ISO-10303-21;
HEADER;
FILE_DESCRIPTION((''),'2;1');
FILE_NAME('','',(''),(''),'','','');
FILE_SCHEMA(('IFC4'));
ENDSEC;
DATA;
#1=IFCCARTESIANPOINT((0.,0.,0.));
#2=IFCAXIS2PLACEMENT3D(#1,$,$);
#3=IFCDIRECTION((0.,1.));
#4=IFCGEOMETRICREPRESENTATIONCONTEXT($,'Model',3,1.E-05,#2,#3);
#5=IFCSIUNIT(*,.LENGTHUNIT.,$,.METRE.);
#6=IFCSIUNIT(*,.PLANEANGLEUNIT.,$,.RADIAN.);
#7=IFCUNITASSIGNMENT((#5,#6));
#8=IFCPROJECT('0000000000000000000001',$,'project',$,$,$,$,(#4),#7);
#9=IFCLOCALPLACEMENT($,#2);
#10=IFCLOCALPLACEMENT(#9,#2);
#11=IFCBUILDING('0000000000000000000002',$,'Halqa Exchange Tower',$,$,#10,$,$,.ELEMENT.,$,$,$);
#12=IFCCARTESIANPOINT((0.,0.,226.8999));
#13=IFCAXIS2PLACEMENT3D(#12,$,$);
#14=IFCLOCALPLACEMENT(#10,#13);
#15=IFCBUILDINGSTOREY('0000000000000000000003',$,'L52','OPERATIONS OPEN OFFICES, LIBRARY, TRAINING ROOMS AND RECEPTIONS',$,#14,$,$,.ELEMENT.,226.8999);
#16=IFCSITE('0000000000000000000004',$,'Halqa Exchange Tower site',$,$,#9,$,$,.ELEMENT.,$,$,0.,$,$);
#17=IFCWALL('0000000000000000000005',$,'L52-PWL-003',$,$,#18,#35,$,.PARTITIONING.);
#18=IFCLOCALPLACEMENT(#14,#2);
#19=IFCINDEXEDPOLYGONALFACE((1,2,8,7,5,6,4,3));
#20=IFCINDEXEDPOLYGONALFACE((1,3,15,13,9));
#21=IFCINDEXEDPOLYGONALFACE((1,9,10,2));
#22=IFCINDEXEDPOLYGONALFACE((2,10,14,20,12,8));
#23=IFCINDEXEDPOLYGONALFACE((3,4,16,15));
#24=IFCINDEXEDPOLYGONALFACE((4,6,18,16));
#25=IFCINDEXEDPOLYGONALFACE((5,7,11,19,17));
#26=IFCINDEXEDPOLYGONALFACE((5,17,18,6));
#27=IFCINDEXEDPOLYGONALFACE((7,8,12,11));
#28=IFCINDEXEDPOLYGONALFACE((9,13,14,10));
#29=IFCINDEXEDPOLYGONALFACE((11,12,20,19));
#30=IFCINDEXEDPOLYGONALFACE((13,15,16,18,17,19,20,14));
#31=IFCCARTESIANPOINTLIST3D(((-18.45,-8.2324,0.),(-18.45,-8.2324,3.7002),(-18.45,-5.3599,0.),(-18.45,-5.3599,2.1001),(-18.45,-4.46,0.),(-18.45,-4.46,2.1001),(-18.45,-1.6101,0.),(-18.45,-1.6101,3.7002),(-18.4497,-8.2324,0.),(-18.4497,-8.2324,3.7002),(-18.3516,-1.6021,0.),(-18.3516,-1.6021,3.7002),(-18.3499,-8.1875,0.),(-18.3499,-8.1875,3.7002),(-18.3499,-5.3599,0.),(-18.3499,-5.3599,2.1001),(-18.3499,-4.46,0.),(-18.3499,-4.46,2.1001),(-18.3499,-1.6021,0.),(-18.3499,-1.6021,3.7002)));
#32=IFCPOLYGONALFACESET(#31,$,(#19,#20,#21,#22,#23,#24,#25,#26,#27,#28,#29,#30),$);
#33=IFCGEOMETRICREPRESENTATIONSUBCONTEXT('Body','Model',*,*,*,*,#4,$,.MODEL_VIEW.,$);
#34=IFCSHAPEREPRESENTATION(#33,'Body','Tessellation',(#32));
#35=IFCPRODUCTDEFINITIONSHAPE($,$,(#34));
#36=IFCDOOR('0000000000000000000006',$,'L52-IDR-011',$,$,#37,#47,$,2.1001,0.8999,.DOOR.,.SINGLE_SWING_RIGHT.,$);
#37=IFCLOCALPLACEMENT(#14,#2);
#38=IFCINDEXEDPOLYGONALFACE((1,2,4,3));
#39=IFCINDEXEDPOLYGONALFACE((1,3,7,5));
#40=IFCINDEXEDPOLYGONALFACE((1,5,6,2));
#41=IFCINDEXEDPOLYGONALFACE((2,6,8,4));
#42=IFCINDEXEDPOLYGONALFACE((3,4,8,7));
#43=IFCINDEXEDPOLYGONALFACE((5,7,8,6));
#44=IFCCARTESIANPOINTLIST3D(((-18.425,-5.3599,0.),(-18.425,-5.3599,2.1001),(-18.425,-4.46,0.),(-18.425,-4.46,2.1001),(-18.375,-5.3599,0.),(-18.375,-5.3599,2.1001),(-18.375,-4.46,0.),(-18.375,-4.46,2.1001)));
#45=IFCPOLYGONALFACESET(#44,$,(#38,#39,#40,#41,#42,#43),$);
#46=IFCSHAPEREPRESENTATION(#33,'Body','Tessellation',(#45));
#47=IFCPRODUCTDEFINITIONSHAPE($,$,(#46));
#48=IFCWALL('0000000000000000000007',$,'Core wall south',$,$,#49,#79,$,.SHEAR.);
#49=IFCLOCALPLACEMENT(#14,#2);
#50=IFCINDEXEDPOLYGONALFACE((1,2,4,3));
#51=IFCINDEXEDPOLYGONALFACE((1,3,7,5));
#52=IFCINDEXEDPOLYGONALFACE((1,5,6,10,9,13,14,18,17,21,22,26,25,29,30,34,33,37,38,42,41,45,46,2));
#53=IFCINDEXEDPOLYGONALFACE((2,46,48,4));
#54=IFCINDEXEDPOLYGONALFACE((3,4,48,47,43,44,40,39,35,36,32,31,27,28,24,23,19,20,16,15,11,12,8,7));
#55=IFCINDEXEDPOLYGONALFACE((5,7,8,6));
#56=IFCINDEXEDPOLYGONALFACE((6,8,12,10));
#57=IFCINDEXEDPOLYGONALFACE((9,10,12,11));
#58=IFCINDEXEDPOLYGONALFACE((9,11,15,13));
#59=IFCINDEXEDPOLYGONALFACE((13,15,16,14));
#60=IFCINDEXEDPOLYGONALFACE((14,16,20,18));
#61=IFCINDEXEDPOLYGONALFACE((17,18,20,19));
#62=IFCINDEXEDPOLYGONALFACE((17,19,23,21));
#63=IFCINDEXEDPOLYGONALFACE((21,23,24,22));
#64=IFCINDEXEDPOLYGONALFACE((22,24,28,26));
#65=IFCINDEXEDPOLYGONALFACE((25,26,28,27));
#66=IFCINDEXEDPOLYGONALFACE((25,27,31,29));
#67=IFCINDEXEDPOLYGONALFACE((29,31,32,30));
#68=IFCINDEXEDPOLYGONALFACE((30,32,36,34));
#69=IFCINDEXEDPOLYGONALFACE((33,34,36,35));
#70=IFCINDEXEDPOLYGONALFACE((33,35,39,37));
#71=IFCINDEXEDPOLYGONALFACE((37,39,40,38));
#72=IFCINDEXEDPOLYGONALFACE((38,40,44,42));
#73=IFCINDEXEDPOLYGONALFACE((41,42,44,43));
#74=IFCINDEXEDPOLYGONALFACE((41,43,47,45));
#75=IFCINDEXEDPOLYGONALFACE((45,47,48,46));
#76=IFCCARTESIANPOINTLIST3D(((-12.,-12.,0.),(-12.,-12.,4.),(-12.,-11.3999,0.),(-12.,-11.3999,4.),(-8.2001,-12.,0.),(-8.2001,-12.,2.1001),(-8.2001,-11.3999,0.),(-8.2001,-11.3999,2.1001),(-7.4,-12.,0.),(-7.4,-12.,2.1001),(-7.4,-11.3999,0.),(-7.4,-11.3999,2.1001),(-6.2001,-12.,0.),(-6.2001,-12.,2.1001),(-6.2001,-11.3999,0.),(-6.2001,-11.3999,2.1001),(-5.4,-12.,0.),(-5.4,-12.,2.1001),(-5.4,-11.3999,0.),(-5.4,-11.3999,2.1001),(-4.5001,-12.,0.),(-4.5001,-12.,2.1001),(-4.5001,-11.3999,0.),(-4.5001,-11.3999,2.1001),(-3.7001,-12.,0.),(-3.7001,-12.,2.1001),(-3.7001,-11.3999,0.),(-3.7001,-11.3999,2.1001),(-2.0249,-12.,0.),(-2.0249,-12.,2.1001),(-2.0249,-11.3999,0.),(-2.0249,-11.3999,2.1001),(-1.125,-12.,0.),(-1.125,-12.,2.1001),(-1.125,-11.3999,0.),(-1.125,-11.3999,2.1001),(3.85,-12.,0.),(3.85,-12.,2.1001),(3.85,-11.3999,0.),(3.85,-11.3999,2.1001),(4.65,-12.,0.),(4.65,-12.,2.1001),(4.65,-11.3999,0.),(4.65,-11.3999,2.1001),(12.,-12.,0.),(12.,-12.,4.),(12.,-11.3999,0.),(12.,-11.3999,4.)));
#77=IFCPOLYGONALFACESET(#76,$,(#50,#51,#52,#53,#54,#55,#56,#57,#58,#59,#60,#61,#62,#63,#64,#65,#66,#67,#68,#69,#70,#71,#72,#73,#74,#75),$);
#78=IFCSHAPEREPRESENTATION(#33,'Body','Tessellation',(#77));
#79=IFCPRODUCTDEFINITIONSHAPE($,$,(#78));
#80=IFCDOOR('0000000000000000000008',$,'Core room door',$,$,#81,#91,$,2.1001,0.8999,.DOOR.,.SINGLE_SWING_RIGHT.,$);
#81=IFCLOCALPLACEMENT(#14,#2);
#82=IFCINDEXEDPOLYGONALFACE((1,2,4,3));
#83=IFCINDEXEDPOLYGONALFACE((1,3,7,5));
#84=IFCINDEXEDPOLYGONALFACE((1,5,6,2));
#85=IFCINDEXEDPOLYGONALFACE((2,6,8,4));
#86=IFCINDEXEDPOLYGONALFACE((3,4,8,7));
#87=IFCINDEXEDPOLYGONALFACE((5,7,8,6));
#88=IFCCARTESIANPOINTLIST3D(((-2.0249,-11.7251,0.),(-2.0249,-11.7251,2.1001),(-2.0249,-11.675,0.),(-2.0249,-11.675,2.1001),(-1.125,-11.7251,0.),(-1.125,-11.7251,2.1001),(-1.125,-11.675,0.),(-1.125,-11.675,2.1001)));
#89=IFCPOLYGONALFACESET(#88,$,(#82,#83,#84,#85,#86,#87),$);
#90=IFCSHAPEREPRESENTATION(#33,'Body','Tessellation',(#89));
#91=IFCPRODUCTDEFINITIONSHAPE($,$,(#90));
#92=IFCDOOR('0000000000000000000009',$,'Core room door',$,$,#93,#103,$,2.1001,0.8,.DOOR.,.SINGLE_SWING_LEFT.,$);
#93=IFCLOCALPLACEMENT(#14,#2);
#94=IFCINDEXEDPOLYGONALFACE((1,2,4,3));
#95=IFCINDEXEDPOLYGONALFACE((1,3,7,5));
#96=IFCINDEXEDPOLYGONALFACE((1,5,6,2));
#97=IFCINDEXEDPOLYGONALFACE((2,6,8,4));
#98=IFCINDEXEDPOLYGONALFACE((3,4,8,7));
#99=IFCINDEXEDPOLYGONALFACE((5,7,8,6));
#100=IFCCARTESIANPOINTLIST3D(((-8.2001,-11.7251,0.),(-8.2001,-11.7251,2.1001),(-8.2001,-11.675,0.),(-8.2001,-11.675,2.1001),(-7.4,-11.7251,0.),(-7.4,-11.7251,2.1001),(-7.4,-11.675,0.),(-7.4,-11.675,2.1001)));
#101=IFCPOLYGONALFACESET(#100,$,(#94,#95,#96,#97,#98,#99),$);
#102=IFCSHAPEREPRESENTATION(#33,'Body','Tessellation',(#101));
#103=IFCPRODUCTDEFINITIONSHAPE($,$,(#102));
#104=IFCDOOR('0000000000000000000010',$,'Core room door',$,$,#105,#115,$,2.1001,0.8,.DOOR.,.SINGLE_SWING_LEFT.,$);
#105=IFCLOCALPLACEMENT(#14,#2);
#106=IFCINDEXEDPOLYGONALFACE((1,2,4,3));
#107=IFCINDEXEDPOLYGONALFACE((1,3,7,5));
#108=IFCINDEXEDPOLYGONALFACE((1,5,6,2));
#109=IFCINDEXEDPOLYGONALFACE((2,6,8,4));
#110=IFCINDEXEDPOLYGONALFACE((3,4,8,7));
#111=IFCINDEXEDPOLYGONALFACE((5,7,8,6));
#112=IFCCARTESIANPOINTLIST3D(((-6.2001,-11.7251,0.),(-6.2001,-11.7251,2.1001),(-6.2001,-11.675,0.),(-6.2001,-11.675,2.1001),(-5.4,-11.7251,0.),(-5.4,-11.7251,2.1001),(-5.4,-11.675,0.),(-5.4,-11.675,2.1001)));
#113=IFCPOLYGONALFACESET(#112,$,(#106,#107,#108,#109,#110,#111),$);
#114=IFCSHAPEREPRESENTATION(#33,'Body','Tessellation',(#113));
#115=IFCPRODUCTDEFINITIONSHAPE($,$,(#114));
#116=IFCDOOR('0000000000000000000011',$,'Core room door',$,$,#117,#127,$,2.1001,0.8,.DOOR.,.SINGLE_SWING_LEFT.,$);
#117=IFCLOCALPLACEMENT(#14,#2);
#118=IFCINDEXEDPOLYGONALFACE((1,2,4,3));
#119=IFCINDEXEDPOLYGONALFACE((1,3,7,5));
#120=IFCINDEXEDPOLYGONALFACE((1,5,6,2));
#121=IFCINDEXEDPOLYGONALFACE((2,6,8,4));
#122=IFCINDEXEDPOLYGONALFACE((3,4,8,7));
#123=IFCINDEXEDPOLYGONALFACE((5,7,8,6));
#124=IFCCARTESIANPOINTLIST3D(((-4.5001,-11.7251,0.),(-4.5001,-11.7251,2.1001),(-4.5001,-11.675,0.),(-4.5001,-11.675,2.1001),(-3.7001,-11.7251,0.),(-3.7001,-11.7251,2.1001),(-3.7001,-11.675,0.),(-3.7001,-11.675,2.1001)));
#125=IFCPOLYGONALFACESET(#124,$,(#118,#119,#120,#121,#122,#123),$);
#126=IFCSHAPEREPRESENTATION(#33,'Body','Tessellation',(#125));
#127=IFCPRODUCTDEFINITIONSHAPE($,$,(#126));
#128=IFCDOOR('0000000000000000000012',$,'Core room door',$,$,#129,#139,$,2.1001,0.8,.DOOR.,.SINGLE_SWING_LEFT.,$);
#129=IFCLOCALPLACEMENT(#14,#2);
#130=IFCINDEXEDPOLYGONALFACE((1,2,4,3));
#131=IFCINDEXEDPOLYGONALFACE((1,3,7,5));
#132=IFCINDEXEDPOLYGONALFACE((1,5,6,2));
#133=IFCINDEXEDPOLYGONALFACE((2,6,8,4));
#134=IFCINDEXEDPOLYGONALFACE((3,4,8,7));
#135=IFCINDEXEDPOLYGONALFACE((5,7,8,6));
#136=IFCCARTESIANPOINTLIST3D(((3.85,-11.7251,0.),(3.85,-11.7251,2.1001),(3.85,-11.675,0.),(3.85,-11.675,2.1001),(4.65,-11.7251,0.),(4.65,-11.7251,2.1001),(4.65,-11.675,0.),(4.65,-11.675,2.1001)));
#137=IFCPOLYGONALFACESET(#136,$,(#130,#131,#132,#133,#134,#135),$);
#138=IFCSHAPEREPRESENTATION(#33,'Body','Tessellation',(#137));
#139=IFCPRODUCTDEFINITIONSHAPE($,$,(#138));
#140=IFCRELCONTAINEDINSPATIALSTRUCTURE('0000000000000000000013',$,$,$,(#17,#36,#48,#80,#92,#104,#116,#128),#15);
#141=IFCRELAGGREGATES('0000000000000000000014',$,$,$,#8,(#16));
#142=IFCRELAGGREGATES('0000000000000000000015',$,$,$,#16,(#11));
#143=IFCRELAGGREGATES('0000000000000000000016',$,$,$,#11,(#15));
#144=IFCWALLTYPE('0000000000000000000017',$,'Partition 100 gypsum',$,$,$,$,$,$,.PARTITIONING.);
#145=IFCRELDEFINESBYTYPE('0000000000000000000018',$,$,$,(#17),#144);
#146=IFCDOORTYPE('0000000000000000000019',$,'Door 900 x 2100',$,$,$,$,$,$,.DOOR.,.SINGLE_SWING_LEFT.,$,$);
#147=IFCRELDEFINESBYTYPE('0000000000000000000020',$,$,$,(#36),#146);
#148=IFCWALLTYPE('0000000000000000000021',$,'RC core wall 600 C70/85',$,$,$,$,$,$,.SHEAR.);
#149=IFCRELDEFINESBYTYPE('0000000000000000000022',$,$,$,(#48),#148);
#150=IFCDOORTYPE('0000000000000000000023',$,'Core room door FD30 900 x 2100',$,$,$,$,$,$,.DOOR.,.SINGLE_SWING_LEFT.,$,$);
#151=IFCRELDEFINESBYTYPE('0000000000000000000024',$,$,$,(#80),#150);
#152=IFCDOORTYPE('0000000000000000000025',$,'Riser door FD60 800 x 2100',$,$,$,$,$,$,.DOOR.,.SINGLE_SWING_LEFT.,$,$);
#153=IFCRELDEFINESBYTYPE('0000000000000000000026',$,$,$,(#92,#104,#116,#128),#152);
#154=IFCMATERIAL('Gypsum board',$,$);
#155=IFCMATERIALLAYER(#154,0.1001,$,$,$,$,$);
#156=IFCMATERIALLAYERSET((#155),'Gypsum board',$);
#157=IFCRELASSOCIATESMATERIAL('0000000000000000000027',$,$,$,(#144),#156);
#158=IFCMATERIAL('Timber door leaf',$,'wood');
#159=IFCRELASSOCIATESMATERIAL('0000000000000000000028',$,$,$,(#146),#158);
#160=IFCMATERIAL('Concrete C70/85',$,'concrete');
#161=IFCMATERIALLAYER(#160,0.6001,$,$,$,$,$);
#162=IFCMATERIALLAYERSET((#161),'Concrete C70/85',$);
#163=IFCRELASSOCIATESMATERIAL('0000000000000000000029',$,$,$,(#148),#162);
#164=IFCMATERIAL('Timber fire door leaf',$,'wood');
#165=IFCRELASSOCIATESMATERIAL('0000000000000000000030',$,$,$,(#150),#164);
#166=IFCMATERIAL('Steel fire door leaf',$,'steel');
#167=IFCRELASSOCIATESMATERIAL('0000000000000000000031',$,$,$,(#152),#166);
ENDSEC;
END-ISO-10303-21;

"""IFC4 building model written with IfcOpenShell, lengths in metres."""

from ifc_helpers import new_model, si_unit, direction, frame, frame_2d, origin, place, context, subcontext, project, spatial, polyline, rectangle, outline, extrude, material, layer, layer_set, type_object, element, fill, save


model = new_model("IFC4")

# Units and contexts
model_context = context("Model", 3, precision=1e-05, world=origin(), true_north=direction((0.0, 1.0)))
body_context = subcontext(model_context, "Body", "Model", "MODEL_VIEW")
ifc_project = project(units=[si_unit("LENGTHUNIT", "METRE"), si_unit("PLANEANGLEUNIT", "RADIAN")], contexts=[model_context])

# Site, building, storey
site_placement = place(None, origin())
site = spatial("IfcSite", under=ifc_project, at=site_placement, Name="Halqa Exchange Tower site", CompositionType="ELEMENT", RefElevation=0.0)
building_placement = place(site_placement, origin())
building = spatial("IfcBuilding", under=site, at=building_placement, Name="Halqa Exchange Tower", CompositionType="ELEMENT")
storey_placement = place(building_placement, frame((0.0, 0.0, 226.8999)))
storey = spatial("IfcBuildingStorey", under=building, at=storey_placement, Name="L52", Description="OPERATIONS OPEN OFFICES, LIBRARY, TRAINING ROOMS AND RECEPTIONS", CompositionType="ELEMENT", Elevation=226.8999)

# Shared definitions
ifc_material_1 = material(Name="Steel fire door leaf", Category="steel")

# Wall, opening, door
ifc_material_2 = material(Name="Gypsum board")
ifc_layer_1 = layer(ifc_material_2, 0.1001)
ifc_layer_set_1 = layer_set([ifc_layer_1], Name="Gypsum board")
wall_type_1 = type_object("IfcWallType", Name="Partition 100 gypsum", PredefinedType="PARTITIONING", material=ifc_layer_set_1)
wall_1_placement = place(storey_placement, frame((-18.3999, -8.2324, 0.0), z_axis=(0.0, 0.0, 1.0), x_axis=(0.0, 1.0, 0.0)))
wall_1 = element("IfcWall", 1, at=wall_1_placement, inside=storey, type_object=wall_type_1, Name="L52-PWL-003", PredefinedType="PARTITIONING", context=body_context, shape_type="SweptSolid", body=[
    extrude(outline(polyline([(6.6304, -0.05), (6.6304, -0.0483), (6.6223, 0.05), (4.9668, 0.05), (3.311, 0.05), (1.6555, 0.05), (0.0, 0.05), (0.0, 0.0498), (0.0449, -0.05), (1.6914, -0.05), (3.3376, -0.05), (4.9841, -0.05), (6.6304, -0.05)])), origin(), (0.0, 0.0, 1.0), 3.7002),
])
opening_1_placement = place(wall_1_placement, frame((2.8726, 0.0, 0.0)))
opening_1 = element("IfcOpeningElement", 2, at=opening_1_placement, cuts=wall_1, PredefinedType="OPENING", context=body_context, shape_type="SweptSolid", body=[
    extrude(rectangle(XDim=0.8999, YDim=2.1001, at=frame_2d((0.45, 1.05))), frame((0.0, 0.062, 0.0), z_axis=(0.0, -1.0, 0.0), x_axis=(1.0, 0.0, 0.0)), (0.0, 0.0, 1.0), 0.124),
])
ifc_material_3 = material(Name="Timber door leaf", Category="wood")
door_type_1 = type_object("IfcDoorType", Name="Door 900 x 2100", OperationType="SINGLE_SWING_LEFT", PredefinedType="DOOR", material=ifc_material_3)
door_1_placement = place(opening_1_placement, frame((0.8999, 0.0, 0.0), z_axis=(0.0, 0.0, 1.0), x_axis=(-1.0, 0.0, 0.0)))
door_1 = element("IfcDoor", 3, at=door_1_placement, inside=storey, type_object=door_type_1, Name="L52-IDR-011", OperationType="SINGLE_SWING_RIGHT", OverallHeight=2.1001, OverallWidth=0.8999, PredefinedType="DOOR", context=body_context, shape_type="SweptSolid", body=[
    extrude(rectangle(XDim=0.8999, YDim=2.1001, at=frame_2d((0.45, 1.05))), frame((0.0, 0.0249, 0.0), z_axis=(0.0, -1.0, 0.0), x_axis=(1.0, 0.0, 0.0)), (0.0, 0.0, 1.0), 0.05),
])
fill(opening_1, door_1)

# Wall, openings, doors
ifc_material_4 = material(Name="Concrete C70/85", Category="concrete")
ifc_layer_2 = layer(ifc_material_4, 0.6001)
ifc_layer_set_2 = layer_set([ifc_layer_2], Name="Concrete C70/85")
wall_type_2 = type_object("IfcWallType", Name="RC core wall 600 C70/85", PredefinedType="SHEAR", material=ifc_layer_set_2)
wall_2_placement = place(storey_placement, frame((-12.0, -11.7, 0.0), z_axis=(0.0, 0.0, 1.0), x_axis=(1.0, 0.0, 0.0)))
wall_2 = element("IfcWall", 4, at=wall_2_placement, inside=storey, type_object=wall_type_2, Name="Core wall south", PredefinedType="SHEAR", context=body_context, shape_type="SweptSolid", body=[
    extrude(rectangle(XDim=24.0, YDim=0.6001, at=frame_2d((12.0, 0.0))), origin(), (0.0, 0.0, 1.0), 4.0),
])
opening_2_placement = place(wall_2_placement, frame((9.9751, 0.0, 0.0)))
opening_2 = element("IfcOpeningElement", 5, at=opening_2_placement, cuts=wall_2, PredefinedType="OPENING", context=body_context, shape_type="SweptSolid", body=[
    extrude(rectangle(XDim=0.8999, YDim=2.1001, at=frame_2d((0.45, 1.05))), frame((0.0, 0.312, 0.0), z_axis=(0.0, -1.0, 0.0), x_axis=(1.0, 0.0, 0.0)), (0.0, 0.0, 1.0), 0.624),
])
opening_3_placement = place(wall_2_placement, frame((3.8, 0.0, 0.0)))
opening_3 = element("IfcOpeningElement", 6, at=opening_3_placement, cuts=wall_2, PredefinedType="OPENING", context=body_context, shape_type="SweptSolid", body=[
    extrude(rectangle(XDim=0.8, YDim=2.1001, at=frame_2d((0.3999, 1.05))), frame((0.0, 0.312, 0.0), z_axis=(0.0, -1.0, 0.0), x_axis=(1.0, 0.0, 0.0)), (0.0, 0.0, 1.0), 0.624),
])
opening_4_placement = place(wall_2_placement, frame((5.8, 0.0, 0.0)))
opening_4 = element("IfcOpeningElement", 7, at=opening_4_placement, cuts=wall_2, PredefinedType="OPENING", context=body_context, shape_type="SweptSolid", body=[
    extrude(rectangle(XDim=0.8, YDim=2.1001, at=frame_2d((0.3999, 1.05))), frame((0.0, 0.312, 0.0), z_axis=(0.0, -1.0, 0.0), x_axis=(1.0, 0.0, 0.0)), (0.0, 0.0, 1.0), 0.624),
])
opening_5_placement = place(wall_2_placement, frame((7.5, 0.0, 0.0)))
opening_5 = element("IfcOpeningElement", 8, at=opening_5_placement, cuts=wall_2, PredefinedType="OPENING", context=body_context, shape_type="SweptSolid", body=[
    extrude(rectangle(XDim=0.8, YDim=2.1001, at=frame_2d((0.3999, 1.05))), frame((0.0, 0.312, 0.0), z_axis=(0.0, -1.0, 0.0), x_axis=(1.0, 0.0, 0.0)), (0.0, 0.0, 1.0), 0.624),
])
opening_6_placement = place(wall_2_placement, frame((15.8501, 0.0, 0.0)))
opening_6 = element("IfcOpeningElement", 9, at=opening_6_placement, cuts=wall_2, PredefinedType="OPENING", context=body_context, shape_type="SweptSolid", body=[
    extrude(rectangle(XDim=0.8, YDim=2.1001, at=frame_2d((0.3999, 1.05))), frame((0.0, 0.312, 0.0), z_axis=(0.0, -1.0, 0.0), x_axis=(1.0, 0.0, 0.0)), (0.0, 0.0, 1.0), 0.624),
])
ifc_material_5 = material(Name="Timber fire door leaf", Category="wood")
door_type_2 = type_object("IfcDoorType", Name="Core room door FD30 900 x 2100", OperationType="SINGLE_SWING_LEFT", PredefinedType="DOOR", material=ifc_material_5)
door_2_placement = place(opening_2_placement, origin())
door_2 = element("IfcDoor", 10, at=door_2_placement, inside=storey, type_object=door_type_2, Name="Core room door", OperationType="SINGLE_SWING_RIGHT", OverallHeight=2.1001, OverallWidth=0.8999, PredefinedType="DOOR", context=body_context, shape_type="SweptSolid", body=[
    extrude(rectangle(XDim=0.8999, YDim=2.1001, at=frame_2d((0.45, 1.05))), frame((0.0, 0.0249, 0.0), z_axis=(0.0, -1.0, 0.0), x_axis=(1.0, 0.0, 0.0)), (0.0, 0.0, 1.0), 0.05),
])
fill(opening_2, door_2)
door_type_3 = type_object("IfcDoorType", Name="Riser door FD60 800 x 2100", OperationType="SINGLE_SWING_LEFT", PredefinedType="DOOR", material=ifc_material_1)
door_3_placement = place(opening_3_placement, origin())
door_3 = element("IfcDoor", 11, at=door_3_placement, inside=storey, type_object=door_type_3, Name="Core room door", OperationType="SINGLE_SWING_LEFT", OverallHeight=2.1001, OverallWidth=0.8, PredefinedType="DOOR", context=body_context, shape_type="SweptSolid", body=[
    extrude(rectangle(XDim=0.8, YDim=2.1001, at=frame_2d((0.3999, 1.05))), frame((0.0, 0.0249, 0.0), z_axis=(0.0, -1.0, 0.0), x_axis=(1.0, 0.0, 0.0)), (0.0, 0.0, 1.0), 0.05),
])
fill(opening_3, door_3)
door_4_placement = place(opening_4_placement, origin())
door_4 = element("IfcDoor", 12, at=door_4_placement, inside=storey, type_object=door_type_3, Name="Core room door", OperationType="SINGLE_SWING_LEFT", OverallHeight=2.1001, OverallWidth=0.8, PredefinedType="DOOR", context=body_context, shape_type="SweptSolid", body=[
    extrude(rectangle(XDim=0.8, YDim=2.1001, at=frame_2d((0.3999, 1.05))), frame((0.0, 0.0249, 0.0), z_axis=(0.0, -1.0, 0.0), x_axis=(1.0, 0.0, 0.0)), (0.0, 0.0, 1.0), 0.05),
])
fill(opening_4, door_4)
door_5_placement = place(opening_5_placement, origin())
door_5 = element("IfcDoor", 13, at=door_5_placement, inside=storey, type_object=door_type_3, Name="Core room door", OperationType="SINGLE_SWING_LEFT", OverallHeight=2.1001, OverallWidth=0.8, PredefinedType="DOOR", context=body_context, shape_type="SweptSolid", body=[
    extrude(rectangle(XDim=0.8, YDim=2.1001, at=frame_2d((0.3999, 1.05))), frame((0.0, 0.0249, 0.0), z_axis=(0.0, -1.0, 0.0), x_axis=(1.0, 0.0, 0.0)), (0.0, 0.0, 1.0), 0.05),
])
fill(opening_5, door_5)
door_6_placement = place(opening_6_placement, origin())
door_6 = element("IfcDoor", 14, at=door_6_placement, inside=storey, type_object=door_type_3, Name="Core room door", OperationType="SINGLE_SWING_LEFT", OverallHeight=2.1001, OverallWidth=0.8, PredefinedType="DOOR", context=body_context, shape_type="SweptSolid", body=[
    extrude(rectangle(XDim=0.8, YDim=2.1001, at=frame_2d((0.3999, 1.05))), frame((0.0, 0.0249, 0.0), z_axis=(0.0, -1.0, 0.0), x_axis=(1.0, 0.0, 0.0)), (0.0, 0.0, 1.0), 0.05),
])
fill(opening_6, door_6)

save(model, "model.ifc")
